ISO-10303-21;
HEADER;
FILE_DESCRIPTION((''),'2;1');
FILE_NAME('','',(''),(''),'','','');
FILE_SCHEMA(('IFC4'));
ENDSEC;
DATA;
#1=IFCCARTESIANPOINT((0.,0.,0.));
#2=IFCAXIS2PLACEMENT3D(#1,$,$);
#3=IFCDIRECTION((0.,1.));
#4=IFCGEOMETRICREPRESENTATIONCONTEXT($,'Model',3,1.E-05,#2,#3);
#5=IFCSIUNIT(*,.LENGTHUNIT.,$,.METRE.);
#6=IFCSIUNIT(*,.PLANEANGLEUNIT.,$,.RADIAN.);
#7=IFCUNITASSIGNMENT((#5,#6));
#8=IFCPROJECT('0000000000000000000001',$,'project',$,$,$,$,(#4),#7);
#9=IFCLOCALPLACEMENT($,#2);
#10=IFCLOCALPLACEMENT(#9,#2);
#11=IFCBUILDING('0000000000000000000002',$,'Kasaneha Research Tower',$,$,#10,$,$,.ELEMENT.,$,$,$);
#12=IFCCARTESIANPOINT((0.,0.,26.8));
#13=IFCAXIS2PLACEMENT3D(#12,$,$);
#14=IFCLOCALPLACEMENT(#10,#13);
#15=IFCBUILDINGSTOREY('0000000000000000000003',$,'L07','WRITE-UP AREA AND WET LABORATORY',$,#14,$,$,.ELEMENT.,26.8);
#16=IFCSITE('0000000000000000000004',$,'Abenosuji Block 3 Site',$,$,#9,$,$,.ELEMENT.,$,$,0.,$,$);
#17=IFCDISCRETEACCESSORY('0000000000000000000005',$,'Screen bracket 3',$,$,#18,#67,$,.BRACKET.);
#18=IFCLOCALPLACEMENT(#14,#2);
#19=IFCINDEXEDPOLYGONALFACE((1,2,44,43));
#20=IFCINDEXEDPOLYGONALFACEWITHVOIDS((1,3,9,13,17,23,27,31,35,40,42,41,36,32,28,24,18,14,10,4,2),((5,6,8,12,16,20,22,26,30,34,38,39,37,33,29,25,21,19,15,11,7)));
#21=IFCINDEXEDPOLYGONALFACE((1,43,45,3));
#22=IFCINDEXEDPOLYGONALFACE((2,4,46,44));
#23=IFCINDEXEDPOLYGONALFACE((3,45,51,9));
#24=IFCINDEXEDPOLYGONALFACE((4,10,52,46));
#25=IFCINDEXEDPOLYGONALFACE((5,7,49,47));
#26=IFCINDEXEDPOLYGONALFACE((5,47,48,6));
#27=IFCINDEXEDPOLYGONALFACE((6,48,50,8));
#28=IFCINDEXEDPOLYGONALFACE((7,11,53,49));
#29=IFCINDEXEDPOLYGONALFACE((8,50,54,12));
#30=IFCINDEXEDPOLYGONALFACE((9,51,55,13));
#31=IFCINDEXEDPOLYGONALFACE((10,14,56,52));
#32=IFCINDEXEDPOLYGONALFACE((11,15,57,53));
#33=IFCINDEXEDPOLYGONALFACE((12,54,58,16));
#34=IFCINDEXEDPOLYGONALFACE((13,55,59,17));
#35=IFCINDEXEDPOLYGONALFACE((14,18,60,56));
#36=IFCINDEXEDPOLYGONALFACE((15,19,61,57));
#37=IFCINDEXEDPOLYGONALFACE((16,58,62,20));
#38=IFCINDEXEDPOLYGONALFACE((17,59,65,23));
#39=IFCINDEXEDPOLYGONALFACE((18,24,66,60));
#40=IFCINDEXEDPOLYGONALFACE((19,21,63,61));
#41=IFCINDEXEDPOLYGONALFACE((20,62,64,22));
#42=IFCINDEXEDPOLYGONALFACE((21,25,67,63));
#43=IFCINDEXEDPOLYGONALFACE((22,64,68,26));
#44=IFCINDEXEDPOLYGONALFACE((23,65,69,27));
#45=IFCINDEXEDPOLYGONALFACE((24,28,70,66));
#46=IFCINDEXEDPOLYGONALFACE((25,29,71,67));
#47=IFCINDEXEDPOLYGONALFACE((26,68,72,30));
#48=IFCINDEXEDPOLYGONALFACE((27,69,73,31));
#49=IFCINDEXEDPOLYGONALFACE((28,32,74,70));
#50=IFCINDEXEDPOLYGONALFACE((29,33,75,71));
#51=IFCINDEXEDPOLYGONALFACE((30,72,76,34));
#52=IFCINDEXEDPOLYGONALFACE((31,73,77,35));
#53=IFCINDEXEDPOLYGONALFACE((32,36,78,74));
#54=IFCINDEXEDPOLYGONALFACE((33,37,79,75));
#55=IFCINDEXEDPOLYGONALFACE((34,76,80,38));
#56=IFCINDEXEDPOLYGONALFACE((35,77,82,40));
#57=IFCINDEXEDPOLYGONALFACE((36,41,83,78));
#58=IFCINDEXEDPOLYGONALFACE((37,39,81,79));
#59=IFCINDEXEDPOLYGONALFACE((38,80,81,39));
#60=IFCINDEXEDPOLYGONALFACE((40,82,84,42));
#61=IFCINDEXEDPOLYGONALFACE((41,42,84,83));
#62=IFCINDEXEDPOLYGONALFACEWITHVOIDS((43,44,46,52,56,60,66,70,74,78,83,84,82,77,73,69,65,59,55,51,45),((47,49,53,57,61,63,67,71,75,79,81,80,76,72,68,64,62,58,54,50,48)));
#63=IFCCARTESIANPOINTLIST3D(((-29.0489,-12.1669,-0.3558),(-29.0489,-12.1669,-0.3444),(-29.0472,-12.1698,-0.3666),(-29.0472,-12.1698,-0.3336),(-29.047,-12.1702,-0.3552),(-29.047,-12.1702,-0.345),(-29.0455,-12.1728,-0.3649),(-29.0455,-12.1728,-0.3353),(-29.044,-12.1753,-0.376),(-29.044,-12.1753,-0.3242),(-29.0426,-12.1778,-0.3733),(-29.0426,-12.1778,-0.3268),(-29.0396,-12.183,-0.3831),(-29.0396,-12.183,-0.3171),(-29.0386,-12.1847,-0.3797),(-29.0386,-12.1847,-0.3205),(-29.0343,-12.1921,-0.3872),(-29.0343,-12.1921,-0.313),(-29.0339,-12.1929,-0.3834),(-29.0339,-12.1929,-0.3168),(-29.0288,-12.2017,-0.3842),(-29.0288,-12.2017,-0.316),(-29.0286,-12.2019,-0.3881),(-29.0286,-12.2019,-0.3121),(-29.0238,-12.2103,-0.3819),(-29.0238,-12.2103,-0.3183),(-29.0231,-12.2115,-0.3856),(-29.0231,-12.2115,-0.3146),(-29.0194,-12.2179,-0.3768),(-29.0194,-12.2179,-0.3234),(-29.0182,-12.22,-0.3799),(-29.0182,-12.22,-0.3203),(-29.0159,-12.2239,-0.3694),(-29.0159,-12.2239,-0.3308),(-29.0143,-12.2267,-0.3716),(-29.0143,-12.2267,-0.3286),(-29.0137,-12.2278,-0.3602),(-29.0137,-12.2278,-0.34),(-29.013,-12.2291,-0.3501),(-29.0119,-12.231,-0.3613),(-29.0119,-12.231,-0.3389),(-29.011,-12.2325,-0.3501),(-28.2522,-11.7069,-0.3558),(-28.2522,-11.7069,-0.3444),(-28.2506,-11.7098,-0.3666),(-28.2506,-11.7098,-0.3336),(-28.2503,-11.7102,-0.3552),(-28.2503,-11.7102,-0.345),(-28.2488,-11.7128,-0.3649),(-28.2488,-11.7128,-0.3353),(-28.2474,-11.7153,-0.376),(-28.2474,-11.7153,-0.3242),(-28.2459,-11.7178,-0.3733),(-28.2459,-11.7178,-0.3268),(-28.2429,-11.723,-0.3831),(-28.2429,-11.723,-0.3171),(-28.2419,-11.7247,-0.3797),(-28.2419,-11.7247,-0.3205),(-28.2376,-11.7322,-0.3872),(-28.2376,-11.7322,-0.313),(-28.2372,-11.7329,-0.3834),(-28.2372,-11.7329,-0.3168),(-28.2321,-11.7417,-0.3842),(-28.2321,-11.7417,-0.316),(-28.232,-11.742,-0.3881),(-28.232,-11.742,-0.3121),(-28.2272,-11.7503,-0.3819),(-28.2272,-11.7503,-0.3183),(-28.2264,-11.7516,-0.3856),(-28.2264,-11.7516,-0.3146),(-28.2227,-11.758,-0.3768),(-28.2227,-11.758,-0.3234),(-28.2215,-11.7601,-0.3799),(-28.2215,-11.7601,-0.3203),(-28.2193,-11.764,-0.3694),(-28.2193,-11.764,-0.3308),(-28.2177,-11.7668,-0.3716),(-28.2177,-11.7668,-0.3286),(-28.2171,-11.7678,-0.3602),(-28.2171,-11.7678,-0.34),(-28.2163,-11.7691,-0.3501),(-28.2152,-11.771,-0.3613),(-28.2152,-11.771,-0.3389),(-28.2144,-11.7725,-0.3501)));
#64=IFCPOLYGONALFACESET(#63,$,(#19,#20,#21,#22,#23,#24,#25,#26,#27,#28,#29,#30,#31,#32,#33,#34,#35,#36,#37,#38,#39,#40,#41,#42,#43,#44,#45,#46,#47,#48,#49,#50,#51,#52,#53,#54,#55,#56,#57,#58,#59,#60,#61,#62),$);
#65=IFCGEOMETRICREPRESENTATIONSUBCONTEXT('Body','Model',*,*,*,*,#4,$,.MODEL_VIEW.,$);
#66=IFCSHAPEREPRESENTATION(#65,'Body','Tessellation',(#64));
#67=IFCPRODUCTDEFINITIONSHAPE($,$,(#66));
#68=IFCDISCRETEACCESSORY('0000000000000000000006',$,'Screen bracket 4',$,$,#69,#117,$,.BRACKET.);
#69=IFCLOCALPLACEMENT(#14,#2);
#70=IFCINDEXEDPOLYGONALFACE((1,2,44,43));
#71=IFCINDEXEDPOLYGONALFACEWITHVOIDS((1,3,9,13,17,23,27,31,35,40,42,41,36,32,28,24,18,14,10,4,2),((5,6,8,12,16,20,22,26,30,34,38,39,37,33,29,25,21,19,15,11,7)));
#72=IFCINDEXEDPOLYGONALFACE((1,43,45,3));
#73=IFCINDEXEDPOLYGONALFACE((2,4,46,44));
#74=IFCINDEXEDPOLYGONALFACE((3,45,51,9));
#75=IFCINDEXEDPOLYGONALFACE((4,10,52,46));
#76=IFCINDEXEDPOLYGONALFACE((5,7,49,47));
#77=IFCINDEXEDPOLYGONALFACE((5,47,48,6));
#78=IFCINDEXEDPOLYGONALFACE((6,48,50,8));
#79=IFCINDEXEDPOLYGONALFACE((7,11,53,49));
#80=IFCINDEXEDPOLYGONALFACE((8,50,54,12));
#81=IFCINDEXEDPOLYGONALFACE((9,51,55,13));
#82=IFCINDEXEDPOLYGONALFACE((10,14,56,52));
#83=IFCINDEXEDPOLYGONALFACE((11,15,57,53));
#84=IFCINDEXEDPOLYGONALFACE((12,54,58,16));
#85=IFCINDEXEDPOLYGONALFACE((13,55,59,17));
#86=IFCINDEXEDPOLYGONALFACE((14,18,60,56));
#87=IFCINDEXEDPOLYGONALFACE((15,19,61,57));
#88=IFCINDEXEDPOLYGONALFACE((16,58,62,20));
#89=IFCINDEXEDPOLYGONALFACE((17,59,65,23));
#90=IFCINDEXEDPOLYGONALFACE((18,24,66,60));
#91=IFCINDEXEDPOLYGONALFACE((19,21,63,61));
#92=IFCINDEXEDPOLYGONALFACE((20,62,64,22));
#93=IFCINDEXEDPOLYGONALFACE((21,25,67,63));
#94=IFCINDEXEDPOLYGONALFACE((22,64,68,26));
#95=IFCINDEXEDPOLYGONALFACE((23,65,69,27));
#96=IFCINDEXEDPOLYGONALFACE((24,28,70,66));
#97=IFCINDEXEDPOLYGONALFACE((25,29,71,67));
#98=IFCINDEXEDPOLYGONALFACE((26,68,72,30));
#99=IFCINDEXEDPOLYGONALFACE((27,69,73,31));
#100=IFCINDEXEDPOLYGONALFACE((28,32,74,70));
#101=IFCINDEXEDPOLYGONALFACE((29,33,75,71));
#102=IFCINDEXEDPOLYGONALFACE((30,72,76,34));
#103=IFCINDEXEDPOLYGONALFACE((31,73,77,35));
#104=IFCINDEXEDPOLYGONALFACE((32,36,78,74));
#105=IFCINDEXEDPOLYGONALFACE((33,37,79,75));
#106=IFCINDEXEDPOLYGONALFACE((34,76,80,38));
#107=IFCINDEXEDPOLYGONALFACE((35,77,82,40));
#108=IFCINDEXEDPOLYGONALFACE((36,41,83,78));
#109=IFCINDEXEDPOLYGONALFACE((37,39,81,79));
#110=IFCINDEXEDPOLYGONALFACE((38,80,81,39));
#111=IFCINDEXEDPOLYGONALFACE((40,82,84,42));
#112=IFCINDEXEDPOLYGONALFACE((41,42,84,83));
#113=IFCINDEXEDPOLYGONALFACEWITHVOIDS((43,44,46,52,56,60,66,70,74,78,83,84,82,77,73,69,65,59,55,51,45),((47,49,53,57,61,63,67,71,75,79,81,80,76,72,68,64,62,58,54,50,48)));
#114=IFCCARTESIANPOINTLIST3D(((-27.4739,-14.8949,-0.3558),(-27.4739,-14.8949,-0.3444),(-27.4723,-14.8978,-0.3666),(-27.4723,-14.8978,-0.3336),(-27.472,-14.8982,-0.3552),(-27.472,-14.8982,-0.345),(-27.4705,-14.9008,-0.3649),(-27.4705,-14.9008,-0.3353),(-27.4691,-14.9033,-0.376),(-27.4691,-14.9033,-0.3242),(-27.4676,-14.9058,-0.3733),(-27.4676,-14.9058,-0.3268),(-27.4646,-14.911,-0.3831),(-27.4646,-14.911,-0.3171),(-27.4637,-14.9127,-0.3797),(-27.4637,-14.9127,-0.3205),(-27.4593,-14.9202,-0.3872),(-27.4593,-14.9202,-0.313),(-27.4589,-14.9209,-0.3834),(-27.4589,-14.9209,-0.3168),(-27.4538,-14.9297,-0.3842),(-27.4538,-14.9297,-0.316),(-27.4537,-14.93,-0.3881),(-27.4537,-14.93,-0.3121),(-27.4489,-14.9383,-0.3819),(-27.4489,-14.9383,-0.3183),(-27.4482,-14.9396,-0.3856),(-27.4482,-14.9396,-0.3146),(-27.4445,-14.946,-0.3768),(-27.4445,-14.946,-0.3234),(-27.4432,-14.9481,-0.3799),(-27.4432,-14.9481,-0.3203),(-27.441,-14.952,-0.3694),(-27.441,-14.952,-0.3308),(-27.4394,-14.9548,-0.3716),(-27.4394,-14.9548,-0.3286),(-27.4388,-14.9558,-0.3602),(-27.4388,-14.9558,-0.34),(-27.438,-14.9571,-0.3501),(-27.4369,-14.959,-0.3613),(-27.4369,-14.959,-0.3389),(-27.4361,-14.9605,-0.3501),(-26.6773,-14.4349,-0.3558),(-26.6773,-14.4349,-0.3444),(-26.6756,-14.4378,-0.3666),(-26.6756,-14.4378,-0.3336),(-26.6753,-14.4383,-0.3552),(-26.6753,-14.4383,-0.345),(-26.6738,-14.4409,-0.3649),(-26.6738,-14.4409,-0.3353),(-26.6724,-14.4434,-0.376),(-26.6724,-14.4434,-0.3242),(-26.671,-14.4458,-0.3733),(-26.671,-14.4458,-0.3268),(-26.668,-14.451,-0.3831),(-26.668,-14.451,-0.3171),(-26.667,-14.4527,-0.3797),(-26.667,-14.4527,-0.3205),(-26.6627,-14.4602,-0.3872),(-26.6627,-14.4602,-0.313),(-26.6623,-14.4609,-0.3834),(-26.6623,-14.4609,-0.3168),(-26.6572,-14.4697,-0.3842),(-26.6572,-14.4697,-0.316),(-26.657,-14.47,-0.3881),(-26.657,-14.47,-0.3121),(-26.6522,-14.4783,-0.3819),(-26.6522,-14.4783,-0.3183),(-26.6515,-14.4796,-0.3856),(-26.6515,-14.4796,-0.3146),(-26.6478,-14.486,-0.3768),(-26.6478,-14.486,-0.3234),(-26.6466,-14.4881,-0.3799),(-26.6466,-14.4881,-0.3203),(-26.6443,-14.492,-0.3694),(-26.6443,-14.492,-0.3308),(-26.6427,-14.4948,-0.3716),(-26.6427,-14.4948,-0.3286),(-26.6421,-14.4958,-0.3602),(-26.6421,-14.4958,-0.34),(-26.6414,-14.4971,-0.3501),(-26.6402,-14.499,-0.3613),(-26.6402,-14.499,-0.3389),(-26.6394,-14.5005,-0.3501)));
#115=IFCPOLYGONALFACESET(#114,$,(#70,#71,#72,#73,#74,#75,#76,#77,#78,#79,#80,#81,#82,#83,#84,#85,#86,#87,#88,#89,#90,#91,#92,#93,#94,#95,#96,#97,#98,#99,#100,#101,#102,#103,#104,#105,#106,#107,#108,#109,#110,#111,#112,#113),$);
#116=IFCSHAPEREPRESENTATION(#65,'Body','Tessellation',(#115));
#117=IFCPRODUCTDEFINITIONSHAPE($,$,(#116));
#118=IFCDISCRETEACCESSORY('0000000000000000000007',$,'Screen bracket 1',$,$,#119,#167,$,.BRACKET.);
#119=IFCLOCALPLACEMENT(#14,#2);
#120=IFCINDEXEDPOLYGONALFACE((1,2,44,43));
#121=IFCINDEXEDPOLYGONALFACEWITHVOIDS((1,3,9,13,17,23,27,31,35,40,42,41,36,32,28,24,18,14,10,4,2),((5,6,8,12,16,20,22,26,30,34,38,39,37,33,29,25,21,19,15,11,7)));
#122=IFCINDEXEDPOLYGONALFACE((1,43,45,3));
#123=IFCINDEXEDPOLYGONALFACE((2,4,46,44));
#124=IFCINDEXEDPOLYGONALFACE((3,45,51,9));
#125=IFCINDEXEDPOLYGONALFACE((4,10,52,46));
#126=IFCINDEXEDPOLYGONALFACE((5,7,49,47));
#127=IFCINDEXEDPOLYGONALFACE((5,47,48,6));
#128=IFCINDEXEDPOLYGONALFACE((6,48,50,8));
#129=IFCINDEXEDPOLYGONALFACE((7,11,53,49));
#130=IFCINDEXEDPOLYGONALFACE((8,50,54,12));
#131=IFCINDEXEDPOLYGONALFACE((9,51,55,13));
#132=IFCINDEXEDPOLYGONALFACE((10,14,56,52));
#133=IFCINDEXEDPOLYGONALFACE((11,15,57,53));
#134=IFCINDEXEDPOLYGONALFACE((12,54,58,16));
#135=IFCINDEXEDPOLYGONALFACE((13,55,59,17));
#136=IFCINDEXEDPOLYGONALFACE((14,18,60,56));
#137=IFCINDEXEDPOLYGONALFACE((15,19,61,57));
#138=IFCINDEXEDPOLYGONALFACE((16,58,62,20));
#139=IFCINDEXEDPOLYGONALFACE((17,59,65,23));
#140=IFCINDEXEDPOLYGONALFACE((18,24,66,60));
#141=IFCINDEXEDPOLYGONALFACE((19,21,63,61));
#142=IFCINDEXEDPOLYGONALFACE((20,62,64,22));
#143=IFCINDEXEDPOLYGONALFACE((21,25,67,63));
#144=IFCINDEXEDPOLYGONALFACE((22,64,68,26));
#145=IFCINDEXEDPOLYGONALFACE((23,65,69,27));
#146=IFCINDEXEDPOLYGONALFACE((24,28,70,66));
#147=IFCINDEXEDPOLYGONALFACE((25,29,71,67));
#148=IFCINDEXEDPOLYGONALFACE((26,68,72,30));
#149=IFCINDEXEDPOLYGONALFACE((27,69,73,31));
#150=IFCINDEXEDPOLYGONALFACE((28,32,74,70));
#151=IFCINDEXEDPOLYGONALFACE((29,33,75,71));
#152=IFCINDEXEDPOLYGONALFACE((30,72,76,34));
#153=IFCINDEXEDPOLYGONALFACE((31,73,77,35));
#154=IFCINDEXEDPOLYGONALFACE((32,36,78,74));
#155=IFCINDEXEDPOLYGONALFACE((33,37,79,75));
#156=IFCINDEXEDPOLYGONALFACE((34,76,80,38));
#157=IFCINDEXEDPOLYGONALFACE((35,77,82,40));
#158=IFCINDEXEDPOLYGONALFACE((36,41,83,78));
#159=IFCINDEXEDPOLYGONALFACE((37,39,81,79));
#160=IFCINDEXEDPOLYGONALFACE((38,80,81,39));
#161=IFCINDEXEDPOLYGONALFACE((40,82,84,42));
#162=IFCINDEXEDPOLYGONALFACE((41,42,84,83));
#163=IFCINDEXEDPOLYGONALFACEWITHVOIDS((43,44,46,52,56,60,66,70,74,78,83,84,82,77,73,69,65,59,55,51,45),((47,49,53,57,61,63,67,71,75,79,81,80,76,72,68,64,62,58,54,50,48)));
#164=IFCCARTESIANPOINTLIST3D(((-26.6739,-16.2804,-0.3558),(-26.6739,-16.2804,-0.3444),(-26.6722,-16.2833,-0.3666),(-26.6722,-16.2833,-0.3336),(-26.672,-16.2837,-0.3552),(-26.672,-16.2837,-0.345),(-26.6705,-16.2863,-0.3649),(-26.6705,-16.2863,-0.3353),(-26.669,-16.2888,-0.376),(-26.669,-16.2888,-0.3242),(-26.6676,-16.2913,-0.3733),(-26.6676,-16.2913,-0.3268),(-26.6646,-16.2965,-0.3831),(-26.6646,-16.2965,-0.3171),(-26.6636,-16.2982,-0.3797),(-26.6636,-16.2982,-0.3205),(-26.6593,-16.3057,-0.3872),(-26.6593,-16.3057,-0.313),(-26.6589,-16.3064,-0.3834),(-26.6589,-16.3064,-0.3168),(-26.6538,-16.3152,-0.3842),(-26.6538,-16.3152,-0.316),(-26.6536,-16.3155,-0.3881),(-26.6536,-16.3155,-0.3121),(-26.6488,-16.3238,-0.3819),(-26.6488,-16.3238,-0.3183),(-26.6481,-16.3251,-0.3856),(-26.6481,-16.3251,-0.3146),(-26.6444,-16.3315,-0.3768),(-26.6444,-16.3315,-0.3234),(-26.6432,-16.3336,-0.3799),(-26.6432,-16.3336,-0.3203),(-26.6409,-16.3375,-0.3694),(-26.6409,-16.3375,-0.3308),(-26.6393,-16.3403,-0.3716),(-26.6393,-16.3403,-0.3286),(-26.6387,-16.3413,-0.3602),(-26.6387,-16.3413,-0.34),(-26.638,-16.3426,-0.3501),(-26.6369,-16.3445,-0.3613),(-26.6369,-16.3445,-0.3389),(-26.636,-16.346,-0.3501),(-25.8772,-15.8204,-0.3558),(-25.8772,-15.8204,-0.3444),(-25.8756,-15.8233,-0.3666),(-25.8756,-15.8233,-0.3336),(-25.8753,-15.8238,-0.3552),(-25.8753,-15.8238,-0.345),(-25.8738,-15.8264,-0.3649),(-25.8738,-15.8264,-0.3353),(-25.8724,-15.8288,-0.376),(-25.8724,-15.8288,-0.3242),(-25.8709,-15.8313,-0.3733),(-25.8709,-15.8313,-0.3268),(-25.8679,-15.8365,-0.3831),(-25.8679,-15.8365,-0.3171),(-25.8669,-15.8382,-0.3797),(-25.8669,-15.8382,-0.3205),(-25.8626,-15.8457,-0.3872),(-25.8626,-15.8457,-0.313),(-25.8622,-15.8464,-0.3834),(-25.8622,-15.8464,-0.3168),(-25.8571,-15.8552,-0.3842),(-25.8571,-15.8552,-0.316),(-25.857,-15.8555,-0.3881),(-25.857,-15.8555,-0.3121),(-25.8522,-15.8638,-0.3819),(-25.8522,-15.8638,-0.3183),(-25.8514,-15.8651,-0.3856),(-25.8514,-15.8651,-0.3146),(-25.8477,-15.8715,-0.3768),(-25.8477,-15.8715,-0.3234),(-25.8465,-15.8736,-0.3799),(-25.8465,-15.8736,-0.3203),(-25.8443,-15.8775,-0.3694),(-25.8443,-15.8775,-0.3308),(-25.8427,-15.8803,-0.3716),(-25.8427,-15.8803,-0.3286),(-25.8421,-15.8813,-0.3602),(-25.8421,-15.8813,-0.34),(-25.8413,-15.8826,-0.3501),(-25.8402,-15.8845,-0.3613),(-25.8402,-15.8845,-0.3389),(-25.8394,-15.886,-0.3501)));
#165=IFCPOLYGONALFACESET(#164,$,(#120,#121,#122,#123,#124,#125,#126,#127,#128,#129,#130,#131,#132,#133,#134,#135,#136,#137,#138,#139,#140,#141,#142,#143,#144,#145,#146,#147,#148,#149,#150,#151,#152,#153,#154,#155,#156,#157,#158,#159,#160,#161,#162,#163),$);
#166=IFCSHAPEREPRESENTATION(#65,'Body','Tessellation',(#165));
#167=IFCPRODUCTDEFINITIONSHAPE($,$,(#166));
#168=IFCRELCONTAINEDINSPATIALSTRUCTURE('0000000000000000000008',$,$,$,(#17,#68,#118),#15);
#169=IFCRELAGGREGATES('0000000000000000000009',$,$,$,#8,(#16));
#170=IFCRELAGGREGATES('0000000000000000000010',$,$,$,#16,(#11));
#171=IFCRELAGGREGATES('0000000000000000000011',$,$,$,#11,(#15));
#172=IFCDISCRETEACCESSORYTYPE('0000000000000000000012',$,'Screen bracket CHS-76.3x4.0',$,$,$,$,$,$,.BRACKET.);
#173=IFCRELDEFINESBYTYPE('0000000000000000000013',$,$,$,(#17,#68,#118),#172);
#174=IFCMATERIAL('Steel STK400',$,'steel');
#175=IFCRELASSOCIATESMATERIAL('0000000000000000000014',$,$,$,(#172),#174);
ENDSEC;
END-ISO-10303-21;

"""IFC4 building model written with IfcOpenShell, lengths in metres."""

from ifc_helpers import new_model, si_unit, direction, frame, origin, origin_2d, place, context, subcontext, project, spatial, hollow_circle, extrude, material, material_profile, profile_set, type_object, element, save


model = new_model("IFC4")

# Units and contexts
model_context = context("Model", 3, precision=1e-05, world=origin(), true_north=direction((0.0, 1.0)))
body_context = subcontext(model_context, "Body", "Model", "MODEL_VIEW")
ifc_project = project(units=[si_unit("LENGTHUNIT", "METRE"), si_unit("PLANEANGLEUNIT", "RADIAN")], contexts=[model_context])

# Site, building, storey
site_placement = place(None, origin())
site = spatial("IfcSite", under=ifc_project, at=site_placement, Name="Abenosuji Block 3 Site", CompositionType="ELEMENT", RefElevation=0.0)
building_placement = place(site_placement, origin())
building = spatial("IfcBuilding", under=site, at=building_placement, Name="Kasaneha Research Tower", CompositionType="ELEMENT")
storey_placement = place(building_placement, frame((0.0, 0.0, 26.8)))
storey = spatial("IfcBuildingStorey", under=building, at=storey_placement, Name="L07", Description="WRITE-UP AREA AND WET LABORATORY", CompositionType="ELEMENT", Elevation=26.8)

# Discrete accessories
ifc_material_1 = material(Name="Steel STK400", Category="steel")
ifc_material_profile_1 = material_profile(ifc_material_1, hollow_circle(Radius=0.0381, WallThickness=0.0039, at=origin_2d()), Name="CHS-76.3x4.0")
ifc_profile_set_1 = profile_set([ifc_material_profile_1], Name="Steel STK400")
discrete_accessory_type = type_object("IfcDiscreteAccessoryType", Name="Screen bracket CHS-76.3x4.0", PredefinedType="BRACKET", material=ifc_profile_set_1)
for number, where, z_axis, x_axis, name in (
    (1, (-28.2334, -11.7395, -0.3501), (-0.866013, -0.500021, 0.0), (0.500021, -0.866013, 0.0), "Screen bracket 3"),
    (2, (-26.6584, -14.4675, -0.3501), (-0.866013, -0.500021, 0.0), (0.500021, -0.866013, 0.0), "Screen bracket 4"),
    (3, (-25.8584, -15.853, -0.3501), (-0.866013, -0.500021, 0.0), (0.500021, -0.866013, 0.0), "Screen bracket 1"),
):
    element("IfcDiscreteAccessory", number, at=place(storey_placement, frame(where, z_axis=z_axis, x_axis=x_axis)), inside=storey, type_object=discrete_accessory_type, Name=name, PredefinedType="BRACKET", context=body_context, shape_type="SweptSolid", body=[
        extrude(hollow_circle(Radius=0.0381, WallThickness=0.0039, at=origin_2d()), origin(), (0.0, 0.0, 1.0), 0.9199),
    ])

save(model, "model.ifc")
